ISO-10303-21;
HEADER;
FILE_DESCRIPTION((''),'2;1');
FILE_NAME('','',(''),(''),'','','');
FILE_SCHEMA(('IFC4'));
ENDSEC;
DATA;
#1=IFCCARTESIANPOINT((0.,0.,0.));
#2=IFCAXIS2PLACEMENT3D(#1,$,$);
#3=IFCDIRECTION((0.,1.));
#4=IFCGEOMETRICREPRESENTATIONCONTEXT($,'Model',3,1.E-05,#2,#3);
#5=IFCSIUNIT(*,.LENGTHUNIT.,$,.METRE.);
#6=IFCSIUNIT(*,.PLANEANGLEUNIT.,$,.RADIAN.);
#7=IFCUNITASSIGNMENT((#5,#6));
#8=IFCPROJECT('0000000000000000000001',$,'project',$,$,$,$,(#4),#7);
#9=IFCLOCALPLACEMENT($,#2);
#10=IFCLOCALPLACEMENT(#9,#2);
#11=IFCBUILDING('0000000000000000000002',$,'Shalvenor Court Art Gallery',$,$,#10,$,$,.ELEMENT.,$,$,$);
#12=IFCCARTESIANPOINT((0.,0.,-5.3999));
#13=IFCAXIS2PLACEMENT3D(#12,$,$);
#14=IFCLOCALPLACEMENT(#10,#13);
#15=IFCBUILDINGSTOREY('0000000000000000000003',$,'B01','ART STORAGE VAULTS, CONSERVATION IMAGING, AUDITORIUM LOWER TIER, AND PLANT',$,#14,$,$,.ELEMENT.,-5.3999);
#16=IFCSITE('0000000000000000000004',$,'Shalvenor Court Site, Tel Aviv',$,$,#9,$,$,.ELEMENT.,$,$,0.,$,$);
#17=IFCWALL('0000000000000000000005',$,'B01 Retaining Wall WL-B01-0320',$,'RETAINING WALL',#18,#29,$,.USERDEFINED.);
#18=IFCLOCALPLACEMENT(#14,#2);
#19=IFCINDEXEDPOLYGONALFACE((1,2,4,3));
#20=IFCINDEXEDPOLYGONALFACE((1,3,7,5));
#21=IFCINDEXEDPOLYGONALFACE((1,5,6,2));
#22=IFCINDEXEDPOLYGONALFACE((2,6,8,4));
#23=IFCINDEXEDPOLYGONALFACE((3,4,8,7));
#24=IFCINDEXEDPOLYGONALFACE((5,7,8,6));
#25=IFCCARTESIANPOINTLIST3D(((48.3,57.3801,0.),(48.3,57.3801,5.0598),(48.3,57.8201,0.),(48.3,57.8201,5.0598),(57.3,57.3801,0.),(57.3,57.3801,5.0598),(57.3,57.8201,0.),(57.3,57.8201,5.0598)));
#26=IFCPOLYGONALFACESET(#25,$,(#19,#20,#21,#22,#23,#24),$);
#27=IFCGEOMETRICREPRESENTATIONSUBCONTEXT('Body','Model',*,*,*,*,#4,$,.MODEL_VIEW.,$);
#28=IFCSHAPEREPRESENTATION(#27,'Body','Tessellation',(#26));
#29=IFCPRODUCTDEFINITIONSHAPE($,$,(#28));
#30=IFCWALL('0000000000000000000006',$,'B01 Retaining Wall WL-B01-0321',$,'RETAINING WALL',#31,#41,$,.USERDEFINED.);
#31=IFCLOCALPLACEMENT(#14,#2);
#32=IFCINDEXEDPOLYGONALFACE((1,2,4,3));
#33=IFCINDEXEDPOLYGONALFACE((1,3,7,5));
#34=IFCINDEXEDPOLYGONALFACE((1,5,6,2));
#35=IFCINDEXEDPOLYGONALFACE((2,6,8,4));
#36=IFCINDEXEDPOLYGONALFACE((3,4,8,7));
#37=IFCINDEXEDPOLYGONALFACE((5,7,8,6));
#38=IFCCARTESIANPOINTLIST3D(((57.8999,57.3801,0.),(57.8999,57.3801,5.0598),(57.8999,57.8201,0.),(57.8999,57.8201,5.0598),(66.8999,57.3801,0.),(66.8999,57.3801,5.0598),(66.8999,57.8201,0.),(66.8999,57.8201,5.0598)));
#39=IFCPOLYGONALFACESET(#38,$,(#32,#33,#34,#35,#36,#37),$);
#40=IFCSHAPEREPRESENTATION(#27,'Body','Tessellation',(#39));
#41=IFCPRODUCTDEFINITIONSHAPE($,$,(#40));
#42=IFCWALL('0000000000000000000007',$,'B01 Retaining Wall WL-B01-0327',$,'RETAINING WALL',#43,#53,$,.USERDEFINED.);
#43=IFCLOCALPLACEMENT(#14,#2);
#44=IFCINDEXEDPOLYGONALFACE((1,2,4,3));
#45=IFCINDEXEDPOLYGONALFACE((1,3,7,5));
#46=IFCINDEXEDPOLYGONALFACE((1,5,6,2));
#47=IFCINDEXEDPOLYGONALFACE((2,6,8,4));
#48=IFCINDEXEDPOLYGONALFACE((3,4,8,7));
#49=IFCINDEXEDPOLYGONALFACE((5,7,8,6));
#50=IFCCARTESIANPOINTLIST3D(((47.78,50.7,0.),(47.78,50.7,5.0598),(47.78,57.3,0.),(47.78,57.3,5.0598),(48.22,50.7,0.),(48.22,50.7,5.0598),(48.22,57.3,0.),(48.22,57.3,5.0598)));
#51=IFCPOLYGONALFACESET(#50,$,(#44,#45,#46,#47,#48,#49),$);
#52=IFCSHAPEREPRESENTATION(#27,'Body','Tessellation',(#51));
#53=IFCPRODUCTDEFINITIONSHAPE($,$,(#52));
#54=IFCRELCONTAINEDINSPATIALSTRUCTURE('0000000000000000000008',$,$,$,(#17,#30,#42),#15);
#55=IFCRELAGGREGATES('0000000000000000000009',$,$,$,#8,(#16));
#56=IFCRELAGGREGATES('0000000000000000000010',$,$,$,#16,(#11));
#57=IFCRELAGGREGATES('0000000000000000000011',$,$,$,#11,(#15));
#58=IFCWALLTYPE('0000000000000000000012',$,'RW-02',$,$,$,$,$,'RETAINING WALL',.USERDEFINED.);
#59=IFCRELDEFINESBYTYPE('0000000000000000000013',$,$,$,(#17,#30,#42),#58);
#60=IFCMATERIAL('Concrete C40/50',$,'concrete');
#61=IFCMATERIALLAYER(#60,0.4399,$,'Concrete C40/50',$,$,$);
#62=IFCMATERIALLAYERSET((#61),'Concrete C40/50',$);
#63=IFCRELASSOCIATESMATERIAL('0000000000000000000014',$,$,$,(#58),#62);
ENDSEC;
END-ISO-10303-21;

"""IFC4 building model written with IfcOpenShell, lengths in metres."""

from ifc_helpers import new_model, si_unit, direction, frame, frame_2d, origin, place, context, subcontext, project, spatial, rectangle, extrude, material, layer, layer_set, type_object, element, save


model = new_model("IFC4")

# Units and contexts
model_context = context("Model", 3, precision=1e-05, world=origin(), true_north=direction((0.0, 1.0)))
body_context = subcontext(model_context, "Body", "Model", "MODEL_VIEW")
ifc_project = project(units=[si_unit("LENGTHUNIT", "METRE"), si_unit("PLANEANGLEUNIT", "RADIAN")], contexts=[model_context])

# Site, building, storey
site_placement = place(None, origin())
site = spatial("IfcSite", under=ifc_project, at=site_placement, Name="Shalvenor Court Site, Tel Aviv", CompositionType="ELEMENT", RefElevation=0.0)
building_placement = place(site_placement, origin())
building = spatial("IfcBuilding", under=site, at=building_placement, Name="Shalvenor Court Art Gallery", CompositionType="ELEMENT")
storey_placement = place(building_placement, frame((0.0, 0.0, -5.3999)))
storey = spatial("IfcBuildingStorey", under=building, at=storey_placement, Name="B01", Description="ART STORAGE VAULTS, CONSERVATION IMAGING, AUDITORIUM LOWER TIER, AND PLANT", CompositionType="ELEMENT", Elevation=-5.3999)

# Walls
ifc_material_1 = material(Name="Concrete C40/50", Category="concrete")
ifc_layer_1 = layer(ifc_material_1, 0.4399, Name="Concrete C40/50")
ifc_layer_set_1 = layer_set([ifc_layer_1], Name="Concrete C40/50")
wall_type_1 = type_object("IfcWallType", Name="RW-02", ElementType="RETAINING WALL", PredefinedType="USERDEFINED", material=ifc_layer_set_1)
for number, where, z_axis, x_axis, name in (
    (1, (48.3, 57.6001, 0.0), (0.0, 0.0, 1.0), (1.0, 0.0, 0.0), "B01 Retaining Wall WL-B01-0320"),
    (2, (57.8999, 57.6001, 0.0), (0.0, 0.0, 1.0), (1.0, 0.0, 0.0), "B01 Retaining Wall WL-B01-0321"),
):
    element("IfcWall", number, at=place(storey_placement, frame(where, z_axis=z_axis, x_axis=x_axis)), inside=storey, type_object=wall_type_1, Name=name, ObjectType="RETAINING WALL", PredefinedType="USERDEFINED", context=body_context, shape_type="SweptSolid", body=[
        extrude(rectangle(XDim=9.0, YDim=0.4399, at=frame_2d((4.5, 0.0))), origin(), (0.0, 0.0, 1.0), 5.0598),
    ])
wall_1_placement = place(storey_placement, frame((48.0, 50.7, 0.0), z_axis=(0.0, 0.0, 1.0), x_axis=(0.0, 1.0, 0.0)))
element("IfcWall", 3, at=wall_1_placement, inside=storey, type_object=wall_type_1, Name="B01 Retaining Wall WL-B01-0327", ObjectType="RETAINING WALL", PredefinedType="USERDEFINED", context=body_context, shape_type="SweptSolid", body=[
    extrude(rectangle(XDim=6.6001, YDim=0.4399, at=frame_2d((3.3, 0.0))), origin(), (0.0, 0.0, 1.0), 5.0598),
])

save(model, "model.ifc")
